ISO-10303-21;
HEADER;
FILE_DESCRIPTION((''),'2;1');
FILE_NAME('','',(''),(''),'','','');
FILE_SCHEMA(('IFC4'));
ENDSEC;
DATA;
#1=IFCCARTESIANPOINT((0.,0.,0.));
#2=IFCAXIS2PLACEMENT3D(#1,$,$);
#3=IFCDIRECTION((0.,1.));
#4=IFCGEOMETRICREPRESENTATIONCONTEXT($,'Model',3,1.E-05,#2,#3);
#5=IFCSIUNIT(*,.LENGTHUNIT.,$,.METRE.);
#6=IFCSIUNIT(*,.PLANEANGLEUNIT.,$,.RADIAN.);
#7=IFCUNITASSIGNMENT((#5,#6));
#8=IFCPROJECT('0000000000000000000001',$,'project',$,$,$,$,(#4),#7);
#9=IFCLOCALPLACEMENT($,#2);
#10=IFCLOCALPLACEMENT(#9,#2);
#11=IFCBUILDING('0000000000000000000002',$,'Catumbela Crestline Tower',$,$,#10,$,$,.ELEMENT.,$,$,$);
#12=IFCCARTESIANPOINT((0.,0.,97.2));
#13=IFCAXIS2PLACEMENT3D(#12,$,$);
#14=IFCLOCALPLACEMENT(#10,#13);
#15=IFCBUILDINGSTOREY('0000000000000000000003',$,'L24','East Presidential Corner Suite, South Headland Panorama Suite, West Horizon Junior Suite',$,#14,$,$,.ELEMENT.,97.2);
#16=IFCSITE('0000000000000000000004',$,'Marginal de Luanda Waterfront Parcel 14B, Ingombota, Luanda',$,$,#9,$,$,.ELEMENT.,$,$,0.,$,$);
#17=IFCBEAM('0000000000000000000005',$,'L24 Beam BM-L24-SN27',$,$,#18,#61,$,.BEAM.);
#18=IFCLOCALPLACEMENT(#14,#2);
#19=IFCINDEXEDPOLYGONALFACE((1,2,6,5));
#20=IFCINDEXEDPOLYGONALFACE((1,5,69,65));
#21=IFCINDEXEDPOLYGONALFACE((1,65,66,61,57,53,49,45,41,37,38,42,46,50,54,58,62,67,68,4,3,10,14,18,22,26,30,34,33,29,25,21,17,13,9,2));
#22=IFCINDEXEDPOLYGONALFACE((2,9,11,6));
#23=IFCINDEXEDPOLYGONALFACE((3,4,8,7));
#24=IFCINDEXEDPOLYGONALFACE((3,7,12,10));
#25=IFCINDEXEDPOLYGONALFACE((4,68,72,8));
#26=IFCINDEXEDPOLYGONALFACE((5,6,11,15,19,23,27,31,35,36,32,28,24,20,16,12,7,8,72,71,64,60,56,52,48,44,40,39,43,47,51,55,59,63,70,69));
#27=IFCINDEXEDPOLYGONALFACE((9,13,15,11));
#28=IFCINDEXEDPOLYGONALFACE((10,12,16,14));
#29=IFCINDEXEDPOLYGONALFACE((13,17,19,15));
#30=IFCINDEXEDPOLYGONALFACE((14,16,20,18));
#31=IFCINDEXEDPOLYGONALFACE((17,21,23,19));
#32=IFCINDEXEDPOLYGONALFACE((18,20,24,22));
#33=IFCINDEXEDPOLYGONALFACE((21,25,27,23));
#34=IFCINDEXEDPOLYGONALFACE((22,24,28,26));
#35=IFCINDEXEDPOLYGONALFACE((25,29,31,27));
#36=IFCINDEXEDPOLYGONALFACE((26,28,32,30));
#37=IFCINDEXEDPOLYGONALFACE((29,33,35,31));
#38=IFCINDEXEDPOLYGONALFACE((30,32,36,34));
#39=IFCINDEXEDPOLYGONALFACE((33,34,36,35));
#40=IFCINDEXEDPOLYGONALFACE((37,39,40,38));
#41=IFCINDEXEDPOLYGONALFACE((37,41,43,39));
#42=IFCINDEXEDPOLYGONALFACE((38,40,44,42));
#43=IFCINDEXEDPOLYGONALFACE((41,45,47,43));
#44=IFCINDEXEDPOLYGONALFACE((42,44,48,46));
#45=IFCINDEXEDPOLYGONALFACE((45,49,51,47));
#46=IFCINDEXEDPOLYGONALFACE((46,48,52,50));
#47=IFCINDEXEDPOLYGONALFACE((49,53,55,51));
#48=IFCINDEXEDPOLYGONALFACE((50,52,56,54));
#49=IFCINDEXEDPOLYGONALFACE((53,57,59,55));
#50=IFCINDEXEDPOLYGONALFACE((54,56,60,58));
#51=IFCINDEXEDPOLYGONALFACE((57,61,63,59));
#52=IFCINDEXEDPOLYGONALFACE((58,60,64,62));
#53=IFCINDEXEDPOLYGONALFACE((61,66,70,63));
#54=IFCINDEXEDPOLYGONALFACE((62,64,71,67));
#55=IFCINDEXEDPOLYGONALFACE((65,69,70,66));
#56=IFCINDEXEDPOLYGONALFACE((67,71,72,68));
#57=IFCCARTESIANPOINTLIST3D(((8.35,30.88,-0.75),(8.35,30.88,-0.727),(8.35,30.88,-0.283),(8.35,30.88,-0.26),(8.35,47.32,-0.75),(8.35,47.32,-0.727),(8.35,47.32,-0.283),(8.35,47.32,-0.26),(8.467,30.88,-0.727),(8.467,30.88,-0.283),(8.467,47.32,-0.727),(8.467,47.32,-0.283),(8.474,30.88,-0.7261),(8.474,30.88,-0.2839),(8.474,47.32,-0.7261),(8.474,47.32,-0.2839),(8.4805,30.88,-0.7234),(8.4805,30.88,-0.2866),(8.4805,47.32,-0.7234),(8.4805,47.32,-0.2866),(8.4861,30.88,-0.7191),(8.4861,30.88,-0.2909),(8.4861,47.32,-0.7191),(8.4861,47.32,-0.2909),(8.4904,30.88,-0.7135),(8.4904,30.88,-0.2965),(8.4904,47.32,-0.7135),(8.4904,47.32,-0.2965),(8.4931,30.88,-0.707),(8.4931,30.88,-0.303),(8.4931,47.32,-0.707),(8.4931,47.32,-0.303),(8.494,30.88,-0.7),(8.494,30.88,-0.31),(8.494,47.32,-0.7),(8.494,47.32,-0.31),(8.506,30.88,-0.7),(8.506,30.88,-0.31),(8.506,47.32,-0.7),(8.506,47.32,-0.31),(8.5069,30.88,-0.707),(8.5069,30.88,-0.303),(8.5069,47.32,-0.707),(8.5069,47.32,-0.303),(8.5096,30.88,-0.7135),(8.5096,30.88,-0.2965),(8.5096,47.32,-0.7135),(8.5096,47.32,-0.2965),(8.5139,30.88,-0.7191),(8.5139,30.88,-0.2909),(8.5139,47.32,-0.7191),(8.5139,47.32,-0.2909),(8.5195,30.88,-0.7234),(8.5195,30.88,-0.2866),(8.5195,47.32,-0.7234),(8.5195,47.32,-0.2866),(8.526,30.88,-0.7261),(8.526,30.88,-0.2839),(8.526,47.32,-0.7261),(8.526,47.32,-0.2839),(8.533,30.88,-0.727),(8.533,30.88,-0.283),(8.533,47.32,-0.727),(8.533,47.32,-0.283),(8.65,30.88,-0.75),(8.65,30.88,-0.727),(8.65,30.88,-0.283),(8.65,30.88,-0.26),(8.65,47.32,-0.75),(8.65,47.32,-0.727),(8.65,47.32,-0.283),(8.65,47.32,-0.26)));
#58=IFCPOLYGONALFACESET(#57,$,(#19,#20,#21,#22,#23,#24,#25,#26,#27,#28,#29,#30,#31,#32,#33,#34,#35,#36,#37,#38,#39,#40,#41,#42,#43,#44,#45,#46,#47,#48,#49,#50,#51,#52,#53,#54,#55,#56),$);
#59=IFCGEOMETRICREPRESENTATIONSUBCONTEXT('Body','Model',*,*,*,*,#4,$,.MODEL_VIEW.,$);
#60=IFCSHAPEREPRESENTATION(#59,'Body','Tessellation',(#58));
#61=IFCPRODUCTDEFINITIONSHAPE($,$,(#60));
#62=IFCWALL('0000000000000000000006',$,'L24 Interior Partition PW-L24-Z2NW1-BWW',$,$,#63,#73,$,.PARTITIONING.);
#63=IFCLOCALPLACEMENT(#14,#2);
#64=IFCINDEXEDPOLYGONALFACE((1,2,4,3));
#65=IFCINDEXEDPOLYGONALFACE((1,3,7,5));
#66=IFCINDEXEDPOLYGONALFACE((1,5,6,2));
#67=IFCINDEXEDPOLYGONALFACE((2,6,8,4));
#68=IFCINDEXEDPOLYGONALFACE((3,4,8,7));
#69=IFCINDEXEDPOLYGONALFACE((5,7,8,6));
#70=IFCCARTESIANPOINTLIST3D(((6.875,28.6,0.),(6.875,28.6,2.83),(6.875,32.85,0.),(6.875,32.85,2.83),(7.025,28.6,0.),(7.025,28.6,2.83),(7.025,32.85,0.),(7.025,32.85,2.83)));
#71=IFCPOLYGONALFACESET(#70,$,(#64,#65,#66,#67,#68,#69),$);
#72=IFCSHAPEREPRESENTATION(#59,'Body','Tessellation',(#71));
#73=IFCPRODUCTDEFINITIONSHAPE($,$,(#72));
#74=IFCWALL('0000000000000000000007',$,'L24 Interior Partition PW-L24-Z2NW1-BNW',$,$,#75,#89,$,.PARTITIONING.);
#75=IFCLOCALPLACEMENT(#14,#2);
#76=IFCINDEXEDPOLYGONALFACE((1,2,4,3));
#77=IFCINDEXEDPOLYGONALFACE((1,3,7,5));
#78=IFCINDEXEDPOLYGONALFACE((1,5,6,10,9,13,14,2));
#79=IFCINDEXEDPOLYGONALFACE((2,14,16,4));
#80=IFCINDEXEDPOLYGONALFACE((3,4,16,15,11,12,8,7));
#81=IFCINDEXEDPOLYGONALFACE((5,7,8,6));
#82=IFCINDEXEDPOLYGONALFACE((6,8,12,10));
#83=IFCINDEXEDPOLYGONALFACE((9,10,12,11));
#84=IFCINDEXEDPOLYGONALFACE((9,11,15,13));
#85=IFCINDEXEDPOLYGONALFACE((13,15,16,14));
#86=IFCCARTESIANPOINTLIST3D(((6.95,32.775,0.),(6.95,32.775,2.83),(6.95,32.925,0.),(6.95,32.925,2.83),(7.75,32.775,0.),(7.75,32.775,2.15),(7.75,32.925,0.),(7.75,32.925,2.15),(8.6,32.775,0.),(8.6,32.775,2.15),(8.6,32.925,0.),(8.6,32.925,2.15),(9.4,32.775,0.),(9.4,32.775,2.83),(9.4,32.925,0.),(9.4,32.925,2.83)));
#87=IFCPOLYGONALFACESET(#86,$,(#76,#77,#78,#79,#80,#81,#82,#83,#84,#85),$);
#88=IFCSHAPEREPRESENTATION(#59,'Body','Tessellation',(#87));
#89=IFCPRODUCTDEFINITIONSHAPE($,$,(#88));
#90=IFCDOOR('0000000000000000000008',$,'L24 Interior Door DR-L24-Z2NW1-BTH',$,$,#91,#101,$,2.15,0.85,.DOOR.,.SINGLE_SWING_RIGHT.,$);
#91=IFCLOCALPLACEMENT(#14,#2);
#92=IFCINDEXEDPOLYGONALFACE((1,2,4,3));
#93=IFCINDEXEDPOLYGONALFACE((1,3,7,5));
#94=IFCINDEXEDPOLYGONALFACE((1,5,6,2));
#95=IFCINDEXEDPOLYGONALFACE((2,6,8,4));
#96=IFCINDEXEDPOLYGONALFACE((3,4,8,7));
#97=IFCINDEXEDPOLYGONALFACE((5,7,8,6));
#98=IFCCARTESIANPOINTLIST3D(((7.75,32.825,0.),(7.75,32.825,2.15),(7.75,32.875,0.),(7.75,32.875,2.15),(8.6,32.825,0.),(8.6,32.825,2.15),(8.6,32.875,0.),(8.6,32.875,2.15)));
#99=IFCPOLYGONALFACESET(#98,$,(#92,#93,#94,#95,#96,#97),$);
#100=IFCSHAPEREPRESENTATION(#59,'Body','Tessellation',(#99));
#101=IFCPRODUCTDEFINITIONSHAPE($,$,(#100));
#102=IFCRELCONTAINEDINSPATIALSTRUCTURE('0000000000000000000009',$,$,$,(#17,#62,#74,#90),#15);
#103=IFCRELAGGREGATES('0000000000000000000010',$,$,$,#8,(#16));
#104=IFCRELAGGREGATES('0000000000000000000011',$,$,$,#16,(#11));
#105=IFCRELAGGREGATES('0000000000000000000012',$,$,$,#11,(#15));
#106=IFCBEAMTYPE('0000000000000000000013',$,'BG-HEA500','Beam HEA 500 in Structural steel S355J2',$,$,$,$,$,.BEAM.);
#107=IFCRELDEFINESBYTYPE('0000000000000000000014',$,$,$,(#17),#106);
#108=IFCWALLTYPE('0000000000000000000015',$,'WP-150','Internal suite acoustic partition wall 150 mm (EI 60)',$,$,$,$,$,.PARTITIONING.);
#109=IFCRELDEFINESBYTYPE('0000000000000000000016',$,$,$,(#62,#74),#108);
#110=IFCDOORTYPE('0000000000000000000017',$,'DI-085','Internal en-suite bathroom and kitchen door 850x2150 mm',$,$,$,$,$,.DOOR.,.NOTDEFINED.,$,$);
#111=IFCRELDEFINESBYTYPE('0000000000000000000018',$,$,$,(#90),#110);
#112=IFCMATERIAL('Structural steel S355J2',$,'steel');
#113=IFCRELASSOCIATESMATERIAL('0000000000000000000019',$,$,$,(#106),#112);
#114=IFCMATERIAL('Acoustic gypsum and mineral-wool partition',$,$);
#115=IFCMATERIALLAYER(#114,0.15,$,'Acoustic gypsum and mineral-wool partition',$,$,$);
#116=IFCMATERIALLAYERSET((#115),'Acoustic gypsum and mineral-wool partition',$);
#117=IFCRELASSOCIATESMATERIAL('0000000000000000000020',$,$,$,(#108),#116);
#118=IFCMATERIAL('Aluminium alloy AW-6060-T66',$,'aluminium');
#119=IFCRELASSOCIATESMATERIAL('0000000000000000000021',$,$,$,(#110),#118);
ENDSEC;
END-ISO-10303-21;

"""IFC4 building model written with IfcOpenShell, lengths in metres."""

from ifc_helpers import new_model, si_unit, direction, frame, frame_2d, origin, origin_2d, place, context, subcontext, project, spatial, rectangle, i_section, extrude, material, layer, layer_set, material_profile, profile_set, type_object, element, fill, save


model = new_model("IFC4")

# Units and contexts
model_context = context("Model", 3, precision=1e-05, world=origin(), true_north=direction((0.0, 1.0)))
body_context = subcontext(model_context, "Body", "Model", "MODEL_VIEW")
ifc_project = project(units=[si_unit("LENGTHUNIT", "METRE"), si_unit("PLANEANGLEUNIT", "RADIAN")], contexts=[model_context])

# Site, building, storey
site_placement = place(None, origin())
site = spatial("IfcSite", under=ifc_project, at=site_placement, Name="Marginal de Luanda Waterfront Parcel 14B, Ingombota, Luanda", CompositionType="ELEMENT", RefElevation=0.0)
building_placement = place(site_placement, origin())
building = spatial("IfcBuilding", under=site, at=building_placement, Name="Catumbela Crestline Tower", CompositionType="ELEMENT")
storey_placement = place(building_placement, frame((0.0, 0.0, 97.2)))
storey = spatial("IfcBuildingStorey", under=building, at=storey_placement, Name="L24", Description="East Presidential Corner Suite, South Headland Panorama Suite, West Horizon Junior Suite", CompositionType="ELEMENT", Elevation=97.2)

# Beam
ifc_material_1 = material(Name="Structural steel S355J2", Category="steel")
ifc_material_profile_1 = material_profile(ifc_material_1, i_section(OverallWidth=0.3, OverallDepth=0.49, WebThickness=0.012, FlangeThickness=0.023, FilletRadius=0.027, at=origin_2d()), Name="HEA 500")
ifc_profile_set_1 = profile_set([ifc_material_profile_1], Name="Structural steel S355J2")
beam_type = type_object("IfcBeamType", Name="BG-HEA500", Description="Beam HEA 500 in Structural steel S355J2", PredefinedType="BEAM", material=ifc_profile_set_1)
beam_1_placement = place(storey_placement, frame((8.5, 30.88, -0.505), z_axis=(0.0, 1.0, 0.0), x_axis=(-1.0, 0.0, 0.0)))
element("IfcBeam", 1, at=beam_1_placement, inside=storey, type_object=beam_type, Name="L24 Beam BM-L24-SN27", PredefinedType="BEAM", context=body_context, shape_type="SweptSolid", body=[
    extrude(i_section(OverallWidth=0.3, OverallDepth=0.49, WebThickness=0.012, FlangeThickness=0.023, FilletRadius=0.027, at=origin_2d()), origin(), (0.0, 0.0, 1.0), 16.44),
])

# Wall
ifc_material_2 = material(Name="Acoustic gypsum and mineral-wool partition")
ifc_layer = layer(ifc_material_2, 0.15, Name="Acoustic gypsum and mineral-wool partition")
ifc_layer_set = layer_set([ifc_layer], Name="Acoustic gypsum and mineral-wool partition")
wall_type = type_object("IfcWallType", Name="WP-150", Description="Internal suite acoustic partition wall 150 mm (EI 60)", PredefinedType="PARTITIONING", material=ifc_layer_set)
wall_1_placement = place(storey_placement, frame((6.95, 28.6, 0.0), z_axis=(0.0, 0.0, 1.0), x_axis=(0.0, 1.0, 0.0)))
element("IfcWall", 2, at=wall_1_placement, inside=storey, type_object=wall_type, Name="L24 Interior Partition PW-L24-Z2NW1-BWW", PredefinedType="PARTITIONING", context=body_context, shape_type="SweptSolid", body=[
    extrude(rectangle(XDim=4.25, YDim=0.15, at=frame_2d((2.125, 0.0))), origin(), (0.0, 0.0, 1.0), 2.83),
])

# Wall, opening, door
wall_2_placement = place(storey_placement, frame((6.95, 32.85, 0.0), z_axis=(0.0, 0.0, 1.0), x_axis=(1.0, 0.0, 0.0)))
wall_2 = element("IfcWall", 3, at=wall_2_placement, inside=storey, type_object=wall_type, Name="L24 Interior Partition PW-L24-Z2NW1-BNW", PredefinedType="PARTITIONING", context=body_context, shape_type="SweptSolid", body=[
    extrude(rectangle(XDim=2.45, YDim=0.15, at=frame_2d((1.225, 0.0))), origin(), (0.0, 0.0, 1.0), 2.83),
])
opening_placement = place(wall_2_placement, frame((0.8, 0.0, 0.0)))
opening = element("IfcOpeningElement", 4, at=opening_placement, cuts=wall_2, PredefinedType="OPENING", context=body_context, shape_type="SweptSolid", body=[
    extrude(rectangle(XDim=0.85, YDim=2.15, at=frame_2d((0.425, 1.075))), frame((0.0, 0.085, 0.0), z_axis=(0.0, -1.0, 0.0), x_axis=(1.0, 0.0, 0.0)), (0.0, 0.0, 1.0), 0.17),
])
ifc_material_3 = material(Name="Aluminium alloy AW-6060-T66", Category="aluminium")
door_type = type_object("IfcDoorType", Name="DI-085", Description="Internal en-suite bathroom and kitchen door 850x2150 mm", OperationType="NOTDEFINED", PredefinedType="DOOR", material=ifc_material_3)
door_placement = place(opening_placement, origin())
door = element("IfcDoor", 5, at=door_placement, inside=storey, type_object=door_type, Name="L24 Interior Door DR-L24-Z2NW1-BTH", OperationType="SINGLE_SWING_RIGHT", OverallHeight=2.15, OverallWidth=0.85, PredefinedType="DOOR", context=body_context, shape_type="SweptSolid", body=[
    extrude(rectangle(XDim=0.85, YDim=2.15, at=frame_2d((0.425, 1.075))), frame((0.0, 0.025, 0.0), z_axis=(0.0, -1.0, 0.0), x_axis=(1.0, 0.0, 0.0)), (0.0, 0.0, 1.0), 0.05),
])
fill(opening, door)

save(model, "model.ifc")
